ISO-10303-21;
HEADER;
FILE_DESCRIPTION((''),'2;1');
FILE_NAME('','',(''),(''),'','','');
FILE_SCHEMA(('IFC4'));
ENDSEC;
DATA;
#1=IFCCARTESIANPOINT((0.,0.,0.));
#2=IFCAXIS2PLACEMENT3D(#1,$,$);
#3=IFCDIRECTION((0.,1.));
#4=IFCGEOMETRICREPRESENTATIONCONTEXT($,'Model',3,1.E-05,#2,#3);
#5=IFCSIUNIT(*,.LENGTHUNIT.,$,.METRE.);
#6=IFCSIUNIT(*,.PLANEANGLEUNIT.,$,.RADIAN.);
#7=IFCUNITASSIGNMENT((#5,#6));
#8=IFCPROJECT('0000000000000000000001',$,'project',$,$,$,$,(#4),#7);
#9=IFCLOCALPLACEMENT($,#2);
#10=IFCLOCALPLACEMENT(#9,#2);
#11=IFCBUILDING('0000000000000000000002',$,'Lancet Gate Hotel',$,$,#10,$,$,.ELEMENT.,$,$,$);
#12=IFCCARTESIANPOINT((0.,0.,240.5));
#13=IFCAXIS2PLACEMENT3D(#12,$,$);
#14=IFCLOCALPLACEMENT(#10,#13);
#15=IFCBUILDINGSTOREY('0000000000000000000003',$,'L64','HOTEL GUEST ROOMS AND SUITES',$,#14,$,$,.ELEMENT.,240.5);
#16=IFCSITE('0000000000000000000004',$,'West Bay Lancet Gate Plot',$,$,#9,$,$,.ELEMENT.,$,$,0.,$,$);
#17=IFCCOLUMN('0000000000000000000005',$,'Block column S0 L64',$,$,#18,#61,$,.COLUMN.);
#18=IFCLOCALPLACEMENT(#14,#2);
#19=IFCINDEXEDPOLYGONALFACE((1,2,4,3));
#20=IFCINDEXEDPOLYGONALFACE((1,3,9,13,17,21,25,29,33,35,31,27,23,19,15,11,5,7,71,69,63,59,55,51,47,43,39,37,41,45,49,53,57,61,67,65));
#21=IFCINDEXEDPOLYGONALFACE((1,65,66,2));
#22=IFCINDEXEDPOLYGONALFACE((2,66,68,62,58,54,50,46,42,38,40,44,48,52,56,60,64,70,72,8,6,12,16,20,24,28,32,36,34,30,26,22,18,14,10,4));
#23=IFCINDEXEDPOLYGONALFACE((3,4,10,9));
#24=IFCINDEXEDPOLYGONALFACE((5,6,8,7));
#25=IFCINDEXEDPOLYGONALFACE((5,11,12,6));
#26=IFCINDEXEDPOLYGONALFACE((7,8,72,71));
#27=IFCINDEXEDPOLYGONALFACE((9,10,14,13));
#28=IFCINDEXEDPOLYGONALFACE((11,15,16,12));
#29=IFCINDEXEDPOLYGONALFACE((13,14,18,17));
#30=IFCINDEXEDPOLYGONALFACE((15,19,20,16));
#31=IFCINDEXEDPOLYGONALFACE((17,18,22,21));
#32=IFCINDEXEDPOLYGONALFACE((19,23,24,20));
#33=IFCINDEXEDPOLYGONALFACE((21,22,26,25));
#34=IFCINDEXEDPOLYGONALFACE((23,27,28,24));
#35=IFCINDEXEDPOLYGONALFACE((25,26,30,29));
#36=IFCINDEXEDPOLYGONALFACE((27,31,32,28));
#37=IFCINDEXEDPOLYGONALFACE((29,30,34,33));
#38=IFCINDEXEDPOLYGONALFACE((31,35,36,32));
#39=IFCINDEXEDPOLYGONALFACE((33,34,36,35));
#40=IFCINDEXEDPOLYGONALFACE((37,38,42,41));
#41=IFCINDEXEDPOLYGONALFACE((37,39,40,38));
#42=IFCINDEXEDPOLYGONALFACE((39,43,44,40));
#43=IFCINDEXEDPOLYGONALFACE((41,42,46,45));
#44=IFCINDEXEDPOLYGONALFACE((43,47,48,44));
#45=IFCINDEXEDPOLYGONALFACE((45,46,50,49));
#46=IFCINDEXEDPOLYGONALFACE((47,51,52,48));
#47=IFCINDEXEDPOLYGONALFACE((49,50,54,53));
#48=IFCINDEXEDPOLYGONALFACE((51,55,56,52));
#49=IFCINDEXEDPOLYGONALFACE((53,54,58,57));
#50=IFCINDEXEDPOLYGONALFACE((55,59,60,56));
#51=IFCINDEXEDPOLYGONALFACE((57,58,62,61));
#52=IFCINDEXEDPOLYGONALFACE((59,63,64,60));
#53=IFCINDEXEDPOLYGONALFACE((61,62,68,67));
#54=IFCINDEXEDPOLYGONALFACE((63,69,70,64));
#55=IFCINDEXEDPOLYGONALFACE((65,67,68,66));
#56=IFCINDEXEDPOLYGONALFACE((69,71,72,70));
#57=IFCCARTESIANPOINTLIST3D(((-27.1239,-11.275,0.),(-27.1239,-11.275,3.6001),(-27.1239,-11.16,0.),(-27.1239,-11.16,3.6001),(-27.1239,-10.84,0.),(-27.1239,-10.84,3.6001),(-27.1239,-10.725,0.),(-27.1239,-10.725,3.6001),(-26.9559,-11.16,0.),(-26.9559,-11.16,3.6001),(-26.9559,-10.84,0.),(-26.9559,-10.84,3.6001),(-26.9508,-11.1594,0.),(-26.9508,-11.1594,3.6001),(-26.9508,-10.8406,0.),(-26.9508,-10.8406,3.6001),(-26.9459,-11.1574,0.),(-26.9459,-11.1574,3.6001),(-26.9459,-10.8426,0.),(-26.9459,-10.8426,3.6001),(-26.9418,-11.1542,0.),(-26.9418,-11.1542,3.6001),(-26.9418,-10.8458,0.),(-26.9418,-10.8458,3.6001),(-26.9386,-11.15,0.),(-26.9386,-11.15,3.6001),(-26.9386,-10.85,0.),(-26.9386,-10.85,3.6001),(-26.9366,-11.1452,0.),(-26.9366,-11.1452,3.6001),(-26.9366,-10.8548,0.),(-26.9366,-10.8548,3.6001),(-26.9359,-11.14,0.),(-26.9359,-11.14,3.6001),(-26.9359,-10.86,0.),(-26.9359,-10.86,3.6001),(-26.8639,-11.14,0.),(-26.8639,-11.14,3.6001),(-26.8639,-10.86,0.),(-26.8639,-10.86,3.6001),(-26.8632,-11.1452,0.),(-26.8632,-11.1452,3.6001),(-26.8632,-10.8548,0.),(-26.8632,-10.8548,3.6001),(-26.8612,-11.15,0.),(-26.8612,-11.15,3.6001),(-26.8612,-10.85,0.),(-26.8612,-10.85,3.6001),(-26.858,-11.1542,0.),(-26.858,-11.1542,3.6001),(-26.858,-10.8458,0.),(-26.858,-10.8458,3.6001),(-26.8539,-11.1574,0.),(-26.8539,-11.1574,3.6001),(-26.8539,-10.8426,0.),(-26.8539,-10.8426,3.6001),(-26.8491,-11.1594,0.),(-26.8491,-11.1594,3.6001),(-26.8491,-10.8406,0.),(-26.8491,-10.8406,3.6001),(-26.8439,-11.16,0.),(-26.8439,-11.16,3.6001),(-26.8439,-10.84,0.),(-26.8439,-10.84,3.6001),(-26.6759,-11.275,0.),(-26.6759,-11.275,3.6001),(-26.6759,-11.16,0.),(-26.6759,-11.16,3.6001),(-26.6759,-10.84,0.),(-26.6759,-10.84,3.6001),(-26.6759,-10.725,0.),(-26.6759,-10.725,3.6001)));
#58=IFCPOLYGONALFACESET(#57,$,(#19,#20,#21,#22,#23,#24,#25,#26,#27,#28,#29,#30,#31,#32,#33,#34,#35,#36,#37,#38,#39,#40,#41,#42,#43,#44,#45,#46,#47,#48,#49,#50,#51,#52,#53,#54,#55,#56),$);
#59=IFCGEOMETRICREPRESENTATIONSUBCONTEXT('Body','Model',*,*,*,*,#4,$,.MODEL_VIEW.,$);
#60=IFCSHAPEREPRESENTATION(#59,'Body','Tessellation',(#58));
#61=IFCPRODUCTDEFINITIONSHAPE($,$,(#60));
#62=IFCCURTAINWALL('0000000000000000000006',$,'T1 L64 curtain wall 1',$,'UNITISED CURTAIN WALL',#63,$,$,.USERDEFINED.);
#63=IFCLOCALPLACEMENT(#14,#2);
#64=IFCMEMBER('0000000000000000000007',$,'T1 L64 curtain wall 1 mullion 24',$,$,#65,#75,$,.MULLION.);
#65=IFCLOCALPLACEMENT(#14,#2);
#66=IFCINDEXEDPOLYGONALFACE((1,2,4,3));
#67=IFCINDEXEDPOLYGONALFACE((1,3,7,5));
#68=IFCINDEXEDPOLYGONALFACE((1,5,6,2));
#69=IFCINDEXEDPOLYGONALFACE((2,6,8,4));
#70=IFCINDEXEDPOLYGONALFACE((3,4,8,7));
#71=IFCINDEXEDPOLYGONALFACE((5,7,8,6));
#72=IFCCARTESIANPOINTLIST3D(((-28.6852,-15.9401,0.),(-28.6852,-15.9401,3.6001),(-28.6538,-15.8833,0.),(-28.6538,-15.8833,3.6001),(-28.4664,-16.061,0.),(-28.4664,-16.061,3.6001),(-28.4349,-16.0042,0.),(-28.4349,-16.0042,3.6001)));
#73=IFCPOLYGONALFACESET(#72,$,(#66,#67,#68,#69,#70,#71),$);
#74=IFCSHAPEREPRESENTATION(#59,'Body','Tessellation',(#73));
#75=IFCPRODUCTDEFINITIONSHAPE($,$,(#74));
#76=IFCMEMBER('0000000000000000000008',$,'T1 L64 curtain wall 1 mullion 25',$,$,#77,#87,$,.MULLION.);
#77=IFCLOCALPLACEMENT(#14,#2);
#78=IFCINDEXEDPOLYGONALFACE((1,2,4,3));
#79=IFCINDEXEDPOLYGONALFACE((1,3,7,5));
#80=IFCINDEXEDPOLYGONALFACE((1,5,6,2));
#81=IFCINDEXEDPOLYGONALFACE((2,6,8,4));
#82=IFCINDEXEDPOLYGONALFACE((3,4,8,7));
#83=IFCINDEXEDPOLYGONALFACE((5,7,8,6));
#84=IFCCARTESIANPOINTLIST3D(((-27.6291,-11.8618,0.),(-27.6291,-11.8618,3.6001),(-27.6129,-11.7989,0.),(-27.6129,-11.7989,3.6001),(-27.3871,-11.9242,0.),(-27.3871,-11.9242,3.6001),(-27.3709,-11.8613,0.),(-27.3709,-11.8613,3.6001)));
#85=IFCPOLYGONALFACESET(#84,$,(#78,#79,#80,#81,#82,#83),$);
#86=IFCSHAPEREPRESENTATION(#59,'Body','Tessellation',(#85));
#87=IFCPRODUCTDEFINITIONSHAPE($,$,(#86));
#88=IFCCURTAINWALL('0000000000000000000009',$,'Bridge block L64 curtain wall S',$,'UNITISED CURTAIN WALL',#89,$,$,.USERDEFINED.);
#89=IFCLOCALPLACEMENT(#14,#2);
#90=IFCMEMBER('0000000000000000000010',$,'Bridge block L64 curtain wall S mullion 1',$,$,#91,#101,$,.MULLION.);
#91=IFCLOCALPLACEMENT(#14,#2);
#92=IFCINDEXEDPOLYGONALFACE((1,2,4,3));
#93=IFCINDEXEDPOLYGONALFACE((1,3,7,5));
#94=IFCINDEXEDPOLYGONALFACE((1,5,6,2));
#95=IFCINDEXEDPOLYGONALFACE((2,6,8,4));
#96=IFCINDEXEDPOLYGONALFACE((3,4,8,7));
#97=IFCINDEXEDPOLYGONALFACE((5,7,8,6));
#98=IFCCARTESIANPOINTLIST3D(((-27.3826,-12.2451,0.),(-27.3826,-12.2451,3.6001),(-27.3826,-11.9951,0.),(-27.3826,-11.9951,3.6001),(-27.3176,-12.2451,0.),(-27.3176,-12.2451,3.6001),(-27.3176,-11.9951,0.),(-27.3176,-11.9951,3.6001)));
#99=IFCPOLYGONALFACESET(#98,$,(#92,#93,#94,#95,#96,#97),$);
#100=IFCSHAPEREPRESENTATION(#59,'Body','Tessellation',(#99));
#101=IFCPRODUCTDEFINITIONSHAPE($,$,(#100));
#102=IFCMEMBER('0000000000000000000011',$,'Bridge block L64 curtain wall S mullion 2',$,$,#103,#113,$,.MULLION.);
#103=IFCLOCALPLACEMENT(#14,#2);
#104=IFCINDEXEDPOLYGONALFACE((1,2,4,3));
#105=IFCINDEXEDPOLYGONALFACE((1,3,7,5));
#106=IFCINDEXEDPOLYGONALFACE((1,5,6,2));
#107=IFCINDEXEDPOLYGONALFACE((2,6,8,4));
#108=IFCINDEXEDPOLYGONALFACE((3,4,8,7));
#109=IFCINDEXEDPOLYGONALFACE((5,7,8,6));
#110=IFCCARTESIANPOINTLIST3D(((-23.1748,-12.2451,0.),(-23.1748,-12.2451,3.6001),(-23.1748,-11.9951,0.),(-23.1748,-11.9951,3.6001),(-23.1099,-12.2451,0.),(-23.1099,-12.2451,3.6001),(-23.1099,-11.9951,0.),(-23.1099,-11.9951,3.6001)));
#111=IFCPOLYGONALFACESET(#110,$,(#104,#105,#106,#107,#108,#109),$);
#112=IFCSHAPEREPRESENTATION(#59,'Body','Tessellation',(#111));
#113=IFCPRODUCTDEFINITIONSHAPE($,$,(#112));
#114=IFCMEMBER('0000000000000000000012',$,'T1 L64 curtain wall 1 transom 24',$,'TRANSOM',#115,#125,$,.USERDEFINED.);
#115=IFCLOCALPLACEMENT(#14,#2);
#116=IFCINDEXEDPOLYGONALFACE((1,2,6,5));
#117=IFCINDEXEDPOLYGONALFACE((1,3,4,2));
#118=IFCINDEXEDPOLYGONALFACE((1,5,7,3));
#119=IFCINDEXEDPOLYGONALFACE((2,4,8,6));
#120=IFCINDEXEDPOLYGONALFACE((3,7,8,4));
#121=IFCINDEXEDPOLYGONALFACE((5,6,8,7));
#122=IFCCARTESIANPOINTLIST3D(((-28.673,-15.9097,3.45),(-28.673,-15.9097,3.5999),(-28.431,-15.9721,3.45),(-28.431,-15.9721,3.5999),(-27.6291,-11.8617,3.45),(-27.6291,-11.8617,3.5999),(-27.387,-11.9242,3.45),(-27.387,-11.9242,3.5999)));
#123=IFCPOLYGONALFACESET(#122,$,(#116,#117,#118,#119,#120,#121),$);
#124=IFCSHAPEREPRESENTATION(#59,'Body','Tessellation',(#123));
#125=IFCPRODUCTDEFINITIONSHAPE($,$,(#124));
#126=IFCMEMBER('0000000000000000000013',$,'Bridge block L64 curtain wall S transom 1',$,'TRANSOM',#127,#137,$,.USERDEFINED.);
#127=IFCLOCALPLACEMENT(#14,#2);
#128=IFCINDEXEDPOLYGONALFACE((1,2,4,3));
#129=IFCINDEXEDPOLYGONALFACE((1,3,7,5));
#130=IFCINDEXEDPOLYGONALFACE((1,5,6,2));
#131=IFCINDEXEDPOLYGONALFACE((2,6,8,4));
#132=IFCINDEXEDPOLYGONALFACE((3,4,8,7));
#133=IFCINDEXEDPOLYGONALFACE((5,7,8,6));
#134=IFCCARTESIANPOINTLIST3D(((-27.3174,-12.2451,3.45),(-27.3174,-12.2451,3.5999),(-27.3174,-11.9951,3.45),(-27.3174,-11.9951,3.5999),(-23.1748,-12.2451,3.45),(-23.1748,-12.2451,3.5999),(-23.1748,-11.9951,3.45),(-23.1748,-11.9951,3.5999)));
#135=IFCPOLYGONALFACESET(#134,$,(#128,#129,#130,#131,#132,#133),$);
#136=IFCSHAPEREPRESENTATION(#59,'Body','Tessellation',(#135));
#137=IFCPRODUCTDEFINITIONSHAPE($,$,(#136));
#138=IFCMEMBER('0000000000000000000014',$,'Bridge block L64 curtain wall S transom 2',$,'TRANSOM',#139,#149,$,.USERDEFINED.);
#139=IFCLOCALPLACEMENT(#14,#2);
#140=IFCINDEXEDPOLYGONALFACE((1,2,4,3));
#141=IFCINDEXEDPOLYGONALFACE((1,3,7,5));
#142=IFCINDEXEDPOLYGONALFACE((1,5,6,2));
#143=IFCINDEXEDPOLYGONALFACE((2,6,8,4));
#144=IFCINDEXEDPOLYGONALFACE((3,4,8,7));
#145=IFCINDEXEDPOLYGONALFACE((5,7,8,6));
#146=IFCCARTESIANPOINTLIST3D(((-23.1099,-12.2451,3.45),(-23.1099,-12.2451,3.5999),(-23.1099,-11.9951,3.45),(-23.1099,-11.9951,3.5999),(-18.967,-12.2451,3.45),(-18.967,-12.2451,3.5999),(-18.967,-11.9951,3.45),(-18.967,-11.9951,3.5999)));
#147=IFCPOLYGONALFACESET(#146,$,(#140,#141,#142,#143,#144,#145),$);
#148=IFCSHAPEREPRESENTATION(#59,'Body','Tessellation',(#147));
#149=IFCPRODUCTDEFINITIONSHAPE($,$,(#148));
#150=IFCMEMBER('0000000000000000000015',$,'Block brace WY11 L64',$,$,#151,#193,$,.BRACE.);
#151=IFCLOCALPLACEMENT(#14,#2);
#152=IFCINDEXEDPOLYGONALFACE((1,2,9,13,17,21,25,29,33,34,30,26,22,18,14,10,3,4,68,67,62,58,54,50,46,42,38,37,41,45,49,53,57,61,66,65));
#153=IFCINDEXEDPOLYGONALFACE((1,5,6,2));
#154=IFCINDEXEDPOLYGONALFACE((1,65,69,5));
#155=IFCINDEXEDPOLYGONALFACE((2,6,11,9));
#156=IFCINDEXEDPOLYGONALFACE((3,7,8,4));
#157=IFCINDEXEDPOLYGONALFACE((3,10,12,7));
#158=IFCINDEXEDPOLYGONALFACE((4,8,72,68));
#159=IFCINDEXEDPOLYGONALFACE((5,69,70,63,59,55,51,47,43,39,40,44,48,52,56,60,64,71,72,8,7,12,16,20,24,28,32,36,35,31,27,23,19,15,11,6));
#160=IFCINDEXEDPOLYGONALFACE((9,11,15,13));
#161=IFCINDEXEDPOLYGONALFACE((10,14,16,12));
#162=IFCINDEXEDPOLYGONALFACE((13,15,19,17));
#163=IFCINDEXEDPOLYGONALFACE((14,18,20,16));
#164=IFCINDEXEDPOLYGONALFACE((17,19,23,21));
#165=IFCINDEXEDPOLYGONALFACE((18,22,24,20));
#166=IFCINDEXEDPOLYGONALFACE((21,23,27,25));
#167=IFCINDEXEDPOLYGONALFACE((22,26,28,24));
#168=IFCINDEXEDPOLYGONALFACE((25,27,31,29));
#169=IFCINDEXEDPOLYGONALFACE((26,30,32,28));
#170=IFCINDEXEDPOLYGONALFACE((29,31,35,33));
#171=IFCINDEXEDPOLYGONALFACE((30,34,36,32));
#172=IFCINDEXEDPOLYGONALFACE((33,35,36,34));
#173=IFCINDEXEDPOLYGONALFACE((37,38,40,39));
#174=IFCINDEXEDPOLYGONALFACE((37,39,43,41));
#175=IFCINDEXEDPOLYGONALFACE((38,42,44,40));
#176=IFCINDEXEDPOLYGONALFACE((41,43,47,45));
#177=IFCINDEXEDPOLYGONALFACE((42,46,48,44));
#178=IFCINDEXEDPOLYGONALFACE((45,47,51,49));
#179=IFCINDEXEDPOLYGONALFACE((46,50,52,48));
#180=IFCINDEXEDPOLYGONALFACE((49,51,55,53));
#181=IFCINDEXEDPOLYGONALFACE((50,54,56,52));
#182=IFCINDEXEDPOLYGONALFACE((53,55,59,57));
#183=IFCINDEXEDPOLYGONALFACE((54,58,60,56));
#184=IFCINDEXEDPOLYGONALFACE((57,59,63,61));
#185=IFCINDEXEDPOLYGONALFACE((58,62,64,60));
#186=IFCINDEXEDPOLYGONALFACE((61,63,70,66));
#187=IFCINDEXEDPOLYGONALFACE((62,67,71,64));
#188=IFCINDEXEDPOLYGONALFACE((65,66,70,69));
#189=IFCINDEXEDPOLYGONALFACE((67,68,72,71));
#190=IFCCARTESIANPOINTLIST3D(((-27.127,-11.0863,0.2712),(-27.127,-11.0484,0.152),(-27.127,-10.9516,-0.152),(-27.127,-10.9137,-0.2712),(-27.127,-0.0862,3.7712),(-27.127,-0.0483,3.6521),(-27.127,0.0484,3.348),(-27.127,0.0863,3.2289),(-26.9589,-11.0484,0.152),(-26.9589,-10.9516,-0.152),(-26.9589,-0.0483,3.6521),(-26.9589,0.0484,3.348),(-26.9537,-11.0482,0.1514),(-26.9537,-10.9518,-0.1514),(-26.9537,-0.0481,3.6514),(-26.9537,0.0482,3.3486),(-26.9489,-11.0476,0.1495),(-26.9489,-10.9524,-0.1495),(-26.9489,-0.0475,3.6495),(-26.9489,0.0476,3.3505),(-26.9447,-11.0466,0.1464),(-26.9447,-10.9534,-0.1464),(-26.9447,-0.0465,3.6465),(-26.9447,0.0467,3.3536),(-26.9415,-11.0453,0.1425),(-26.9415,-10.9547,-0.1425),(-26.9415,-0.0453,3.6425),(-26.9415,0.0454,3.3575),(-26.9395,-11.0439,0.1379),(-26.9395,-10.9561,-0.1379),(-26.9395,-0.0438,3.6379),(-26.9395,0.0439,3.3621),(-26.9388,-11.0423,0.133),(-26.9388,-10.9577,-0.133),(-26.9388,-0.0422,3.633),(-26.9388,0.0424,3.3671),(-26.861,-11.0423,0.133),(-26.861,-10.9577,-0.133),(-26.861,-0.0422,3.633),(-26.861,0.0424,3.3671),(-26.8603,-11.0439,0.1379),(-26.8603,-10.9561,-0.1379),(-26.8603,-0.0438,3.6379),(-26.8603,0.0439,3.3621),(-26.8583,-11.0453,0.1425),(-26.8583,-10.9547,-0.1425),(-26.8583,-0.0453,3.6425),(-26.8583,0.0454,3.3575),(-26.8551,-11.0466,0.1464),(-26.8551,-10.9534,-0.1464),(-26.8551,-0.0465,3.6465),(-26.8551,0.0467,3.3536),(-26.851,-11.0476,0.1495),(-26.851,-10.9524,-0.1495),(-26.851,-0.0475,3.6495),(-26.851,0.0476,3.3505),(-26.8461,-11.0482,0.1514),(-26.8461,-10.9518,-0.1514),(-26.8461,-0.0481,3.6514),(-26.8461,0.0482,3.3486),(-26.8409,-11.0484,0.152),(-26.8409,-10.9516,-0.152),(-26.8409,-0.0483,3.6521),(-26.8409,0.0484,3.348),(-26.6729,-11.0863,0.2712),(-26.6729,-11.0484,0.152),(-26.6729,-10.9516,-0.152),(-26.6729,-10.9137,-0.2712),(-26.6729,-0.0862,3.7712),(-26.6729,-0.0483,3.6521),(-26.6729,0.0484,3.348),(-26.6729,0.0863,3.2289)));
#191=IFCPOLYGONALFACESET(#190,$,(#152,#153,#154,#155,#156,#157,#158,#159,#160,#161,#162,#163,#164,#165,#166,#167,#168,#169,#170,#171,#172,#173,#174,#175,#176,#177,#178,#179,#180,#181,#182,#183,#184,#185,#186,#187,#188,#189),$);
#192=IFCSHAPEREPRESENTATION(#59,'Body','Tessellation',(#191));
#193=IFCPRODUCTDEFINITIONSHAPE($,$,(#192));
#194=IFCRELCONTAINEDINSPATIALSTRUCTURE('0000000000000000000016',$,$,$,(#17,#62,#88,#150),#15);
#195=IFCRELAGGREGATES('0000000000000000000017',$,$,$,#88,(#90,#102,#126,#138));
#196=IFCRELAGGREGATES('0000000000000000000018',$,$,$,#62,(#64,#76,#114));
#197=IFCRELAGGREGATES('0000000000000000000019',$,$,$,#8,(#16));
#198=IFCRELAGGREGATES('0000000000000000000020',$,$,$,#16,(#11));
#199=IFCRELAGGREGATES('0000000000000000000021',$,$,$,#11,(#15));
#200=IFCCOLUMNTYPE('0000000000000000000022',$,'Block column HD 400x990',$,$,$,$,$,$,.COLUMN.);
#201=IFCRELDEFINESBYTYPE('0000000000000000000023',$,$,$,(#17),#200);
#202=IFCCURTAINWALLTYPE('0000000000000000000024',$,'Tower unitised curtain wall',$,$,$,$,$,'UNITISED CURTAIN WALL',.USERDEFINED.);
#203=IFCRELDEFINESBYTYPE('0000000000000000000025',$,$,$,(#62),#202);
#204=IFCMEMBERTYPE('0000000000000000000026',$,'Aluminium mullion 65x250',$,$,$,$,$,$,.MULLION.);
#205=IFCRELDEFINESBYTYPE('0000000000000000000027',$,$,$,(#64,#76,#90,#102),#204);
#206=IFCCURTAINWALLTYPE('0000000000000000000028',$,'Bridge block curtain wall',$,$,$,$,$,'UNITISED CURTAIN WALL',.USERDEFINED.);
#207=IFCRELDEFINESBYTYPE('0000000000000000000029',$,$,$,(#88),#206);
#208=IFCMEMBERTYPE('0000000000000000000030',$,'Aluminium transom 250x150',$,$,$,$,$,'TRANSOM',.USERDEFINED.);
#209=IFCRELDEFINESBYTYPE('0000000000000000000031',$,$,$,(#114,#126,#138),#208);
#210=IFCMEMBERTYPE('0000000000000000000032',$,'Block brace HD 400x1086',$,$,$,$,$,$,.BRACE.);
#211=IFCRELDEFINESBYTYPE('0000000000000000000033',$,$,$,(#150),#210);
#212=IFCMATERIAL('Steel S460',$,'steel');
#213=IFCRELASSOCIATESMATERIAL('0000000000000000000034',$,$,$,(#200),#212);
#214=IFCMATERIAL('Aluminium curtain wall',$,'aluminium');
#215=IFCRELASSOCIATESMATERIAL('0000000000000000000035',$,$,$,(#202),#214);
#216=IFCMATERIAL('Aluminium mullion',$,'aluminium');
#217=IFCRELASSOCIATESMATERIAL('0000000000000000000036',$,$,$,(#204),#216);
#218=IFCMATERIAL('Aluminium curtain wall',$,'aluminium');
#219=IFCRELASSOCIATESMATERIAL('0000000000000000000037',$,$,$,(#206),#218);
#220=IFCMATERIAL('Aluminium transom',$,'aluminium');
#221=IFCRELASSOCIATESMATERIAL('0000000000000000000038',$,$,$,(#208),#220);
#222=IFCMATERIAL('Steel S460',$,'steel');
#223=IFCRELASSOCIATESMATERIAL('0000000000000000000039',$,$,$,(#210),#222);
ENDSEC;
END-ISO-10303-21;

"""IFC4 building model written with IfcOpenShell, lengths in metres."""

from ifc_helpers import new_model, si_unit, direction, frame, origin, origin_2d, place, context, subcontext, project, spatial, rectangle, i_section, extrude, material, material_profile, profile_set, type_object, element, aggregate, save


model = new_model("IFC4")

# Units and contexts
model_context = context("Model", 3, precision=1e-05, world=origin(), true_north=direction((0.0, 1.0)))
body_context = subcontext(model_context, "Body", "Model", "MODEL_VIEW")
ifc_project = project(units=[si_unit("LENGTHUNIT", "METRE"), si_unit("PLANEANGLEUNIT", "RADIAN")], contexts=[model_context])

# Site, building, storey
site_placement = place(None, origin())
site = spatial("IfcSite", under=ifc_project, at=site_placement, Name="West Bay Lancet Gate Plot", CompositionType="ELEMENT", RefElevation=0.0)
building_placement = place(site_placement, origin())
building = spatial("IfcBuilding", under=site, at=building_placement, Name="Lancet Gate Hotel", CompositionType="ELEMENT")
storey_placement = place(building_placement, frame((0.0, 0.0, 240.5)))
storey = spatial("IfcBuildingStorey", under=building, at=storey_placement, Name="L64", Description="HOTEL GUEST ROOMS AND SUITES", CompositionType="ELEMENT", Elevation=240.5)

# Column
ifc_material_1 = material(Name="Steel S460", Category="steel")
ifc_material_profile_1 = material_profile(ifc_material_1, i_section(OverallWidth=0.448, OverallDepth=0.55, WebThickness=0.072, FlangeThickness=0.115, FilletRadius=0.02, at=origin_2d()), Name="HD 400x990")
ifc_profile_set_1 = profile_set([ifc_material_profile_1], Name="Steel S460")
column_type = type_object("IfcColumnType", Name="Block column HD 400x990", PredefinedType="COLUMN", material=ifc_profile_set_1)
column_placement = place(storey_placement, frame((-26.8999, -11.0, 0.0), z_axis=(0.0, 0.0, 1.0), x_axis=(1.0, 0.0, 0.0)))
element("IfcColumn", 1, at=column_placement, inside=storey, type_object=column_type, Name="Block column S0 L64", PredefinedType="COLUMN", context=body_context, shape_type="SweptSolid", body=[
    extrude(i_section(OverallWidth=0.448, OverallDepth=0.55, WebThickness=0.072, FlangeThickness=0.115, FilletRadius=0.02, at=origin_2d()), origin(), (0.0, 0.0, 1.0), 3.6001),
])

# Curtain walls, members
ifc_material_2 = material(Name="Aluminium curtain wall", Category="aluminium")
curtain_wall_type_1 = type_object("IfcCurtainWallType", Name="Tower unitised curtain wall", ElementType="UNITISED CURTAIN WALL", PredefinedType="USERDEFINED", material=ifc_material_2)
curtain_wall_1_placement = place(storey_placement, origin())
curtain_wall_1 = element("IfcCurtainWall", 2, at=curtain_wall_1_placement, inside=storey, type_object=curtain_wall_type_1, Name="T1 L64 curtain wall 1", ObjectType="UNITISED CURTAIN WALL", PredefinedType="USERDEFINED")
ifc_material_3 = material(Name="Aluminium mullion", Category="aluminium")
ifc_material_profile_2 = material_profile(ifc_material_3, rectangle(XDim=0.0649, YDim=0.25, at=origin_2d()), Name="MULLION 65x250")
ifc_profile_set_2 = profile_set([ifc_material_profile_2], Name="Aluminium mullion")
member_type_1 = type_object("IfcMemberType", Name="Aluminium mullion 65x250", PredefinedType="MULLION", material=ifc_profile_set_2)
member_1_placement = place(storey_placement, frame((-28.5601, -15.9722, 0.0), z_axis=(0.0, 0.0, 1.0), x_axis=(0.483627, 0.875274, 0.0)))
member_1 = element("IfcMember", 3, at=member_1_placement, type_object=member_type_1, Name="T1 L64 curtain wall 1 mullion 24", PredefinedType="MULLION", context=body_context, shape_type="SweptSolid", body=[
    extrude(rectangle(XDim=0.0649, YDim=0.25, at=origin_2d()), origin(), (0.0, 0.0, 1.0), 3.6001),
])
member_2_placement = place(storey_placement, frame((-27.5, -11.8616, 0.0), z_axis=(0.0, 0.0, 1.0), x_axis=(0.249726, 0.968317, 0.0)))
member_2 = element("IfcMember", 4, at=member_2_placement, type_object=member_type_1, Name="T1 L64 curtain wall 1 mullion 25", PredefinedType="MULLION", context=body_context, shape_type="SweptSolid", body=[
    extrude(rectangle(XDim=0.0649, YDim=0.25, at=origin_2d()), origin(), (0.0, 0.0, 1.0), 3.6001),
])
ifc_material_4 = material(Name="Aluminium curtain wall", Category="aluminium")
curtain_wall_type_2 = type_object("IfcCurtainWallType", Name="Bridge block curtain wall", ElementType="UNITISED CURTAIN WALL", PredefinedType="USERDEFINED", material=ifc_material_4)
curtain_wall_2_placement = place(storey_placement, origin())
curtain_wall_2 = element("IfcCurtainWall", 5, at=curtain_wall_2_placement, inside=storey, type_object=curtain_wall_type_2, Name="Bridge block L64 curtain wall S", ObjectType="UNITISED CURTAIN WALL", PredefinedType="USERDEFINED")
member_3_placement = place(storey_placement, frame((-27.3501, -12.1201, 0.0), z_axis=(0.0, 0.0, 1.0), x_axis=(1.0, 0.0, 0.0)))
member_3 = element("IfcMember", 6, at=member_3_placement, type_object=member_type_1, Name="Bridge block L64 curtain wall S mullion 1", PredefinedType="MULLION", context=body_context, shape_type="SweptSolid", body=[
    extrude(rectangle(XDim=0.0649, YDim=0.25, at=origin_2d()), origin(), (0.0, 0.0, 1.0), 3.6001),
])
member_4_placement = place(storey_placement, frame((-23.1423, -12.1201, 0.0), z_axis=(0.0, 0.0, 1.0), x_axis=(1.0, 0.0, 0.0)))
member_4 = element("IfcMember", 7, at=member_4_placement, type_object=member_type_1, Name="Bridge block L64 curtain wall S mullion 2", PredefinedType="MULLION", context=body_context, shape_type="SweptSolid", body=[
    extrude(rectangle(XDim=0.0649, YDim=0.25, at=origin_2d()), origin(), (0.0, 0.0, 1.0), 3.6001),
])

# Members
ifc_material_5 = material(Name="Aluminium transom", Category="aluminium")
ifc_material_profile_3 = material_profile(ifc_material_5, rectangle(XDim=0.25, YDim=0.1499, at=origin_2d()), Name="TRANSOM 250x150")
ifc_profile_set_3 = profile_set([ifc_material_profile_3], Name="Aluminium transom")
member_type_2 = type_object("IfcMemberType", Name="Aluminium transom 250x150", ElementType="TRANSOM", PredefinedType="USERDEFINED", material=ifc_profile_set_3)
member_5_placement = place(storey_placement, frame((-28.552, -15.9409, 3.5249), z_axis=(0.249716, 0.968319, 0.0), x_axis=(-0.968319, 0.249716, 0.0)))
member_5 = element("IfcMember", 8, at=member_5_placement, type_object=member_type_2, Name="T1 L64 curtain wall 1 transom 24", ObjectType="TRANSOM", PredefinedType="USERDEFINED", context=body_context, shape_type="SweptSolid", body=[
    extrude(rectangle(XDim=0.25, YDim=0.1499, at=origin_2d()), origin(), (0.0, 0.0, 1.0), 4.1804),
])
member_6_placement = place(storey_placement, frame((-27.3174, -12.1201, 3.5249), z_axis=(1.0, 0.0, 0.0), x_axis=(0.0, 1.0, 0.0)))
member_6 = element("IfcMember", 9, at=member_6_placement, type_object=member_type_2, Name="Bridge block L64 curtain wall S transom 1", ObjectType="TRANSOM", PredefinedType="USERDEFINED", context=body_context, shape_type="SweptSolid", body=[
    extrude(rectangle(XDim=0.25, YDim=0.1499, at=origin_2d()), origin(), (0.0, 0.0, 1.0), 4.1426),
])
member_7_placement = place(storey_placement, frame((-23.1099, -12.1201, 3.5249), z_axis=(1.0, 0.0, 0.0), x_axis=(0.0, 1.0, 0.0)))
member_7 = element("IfcMember", 10, at=member_7_placement, type_object=member_type_2, Name="Bridge block L64 curtain wall S transom 2", ObjectType="TRANSOM", PredefinedType="USERDEFINED", context=body_context, shape_type="SweptSolid", body=[
    extrude(rectangle(XDim=0.25, YDim=0.1499, at=origin_2d()), origin(), (0.0, 0.0, 1.0), 4.1428),
])
ifc_material_6 = material(Name="Steel S460", Category="steel")
ifc_material_profile_4 = material_profile(ifc_material_6, i_section(OverallWidth=0.4541, OverallDepth=0.5691, WebThickness=0.0779, FlangeThickness=0.125, FilletRadius=0.02, at=origin_2d()), Name="HD 400x1086")
ifc_profile_set_4 = profile_set([ifc_material_profile_4], Name="Steel S460")
member_type_3 = type_object("IfcMemberType", Name="Block brace HD 400x1086", PredefinedType="BRACE", material=ifc_profile_set_4)
member_8_placement = place(storey_placement, frame((-26.8999, -11.0, 0.0), z_axis=(0.0, 0.952926, 0.303204), x_axis=(-1.0, 0.0, 0.0)))
element("IfcMember", 11, at=member_8_placement, inside=storey, type_object=member_type_3, Name="Block brace WY11 L64", PredefinedType="BRACE", context=body_context, shape_type="SweptSolid", body=[
    extrude(i_section(OverallWidth=0.4541, OverallDepth=0.5691, WebThickness=0.0779, FlangeThickness=0.125, FilletRadius=0.02, at=origin_2d()), origin(), (0.0, 0.0, 1.0), 11.5435),
])

aggregate(curtain_wall_2, [member_3, member_4, member_6, member_7])
aggregate(curtain_wall_1, [member_1, member_2, member_5])

save(model, "model.ifc")
